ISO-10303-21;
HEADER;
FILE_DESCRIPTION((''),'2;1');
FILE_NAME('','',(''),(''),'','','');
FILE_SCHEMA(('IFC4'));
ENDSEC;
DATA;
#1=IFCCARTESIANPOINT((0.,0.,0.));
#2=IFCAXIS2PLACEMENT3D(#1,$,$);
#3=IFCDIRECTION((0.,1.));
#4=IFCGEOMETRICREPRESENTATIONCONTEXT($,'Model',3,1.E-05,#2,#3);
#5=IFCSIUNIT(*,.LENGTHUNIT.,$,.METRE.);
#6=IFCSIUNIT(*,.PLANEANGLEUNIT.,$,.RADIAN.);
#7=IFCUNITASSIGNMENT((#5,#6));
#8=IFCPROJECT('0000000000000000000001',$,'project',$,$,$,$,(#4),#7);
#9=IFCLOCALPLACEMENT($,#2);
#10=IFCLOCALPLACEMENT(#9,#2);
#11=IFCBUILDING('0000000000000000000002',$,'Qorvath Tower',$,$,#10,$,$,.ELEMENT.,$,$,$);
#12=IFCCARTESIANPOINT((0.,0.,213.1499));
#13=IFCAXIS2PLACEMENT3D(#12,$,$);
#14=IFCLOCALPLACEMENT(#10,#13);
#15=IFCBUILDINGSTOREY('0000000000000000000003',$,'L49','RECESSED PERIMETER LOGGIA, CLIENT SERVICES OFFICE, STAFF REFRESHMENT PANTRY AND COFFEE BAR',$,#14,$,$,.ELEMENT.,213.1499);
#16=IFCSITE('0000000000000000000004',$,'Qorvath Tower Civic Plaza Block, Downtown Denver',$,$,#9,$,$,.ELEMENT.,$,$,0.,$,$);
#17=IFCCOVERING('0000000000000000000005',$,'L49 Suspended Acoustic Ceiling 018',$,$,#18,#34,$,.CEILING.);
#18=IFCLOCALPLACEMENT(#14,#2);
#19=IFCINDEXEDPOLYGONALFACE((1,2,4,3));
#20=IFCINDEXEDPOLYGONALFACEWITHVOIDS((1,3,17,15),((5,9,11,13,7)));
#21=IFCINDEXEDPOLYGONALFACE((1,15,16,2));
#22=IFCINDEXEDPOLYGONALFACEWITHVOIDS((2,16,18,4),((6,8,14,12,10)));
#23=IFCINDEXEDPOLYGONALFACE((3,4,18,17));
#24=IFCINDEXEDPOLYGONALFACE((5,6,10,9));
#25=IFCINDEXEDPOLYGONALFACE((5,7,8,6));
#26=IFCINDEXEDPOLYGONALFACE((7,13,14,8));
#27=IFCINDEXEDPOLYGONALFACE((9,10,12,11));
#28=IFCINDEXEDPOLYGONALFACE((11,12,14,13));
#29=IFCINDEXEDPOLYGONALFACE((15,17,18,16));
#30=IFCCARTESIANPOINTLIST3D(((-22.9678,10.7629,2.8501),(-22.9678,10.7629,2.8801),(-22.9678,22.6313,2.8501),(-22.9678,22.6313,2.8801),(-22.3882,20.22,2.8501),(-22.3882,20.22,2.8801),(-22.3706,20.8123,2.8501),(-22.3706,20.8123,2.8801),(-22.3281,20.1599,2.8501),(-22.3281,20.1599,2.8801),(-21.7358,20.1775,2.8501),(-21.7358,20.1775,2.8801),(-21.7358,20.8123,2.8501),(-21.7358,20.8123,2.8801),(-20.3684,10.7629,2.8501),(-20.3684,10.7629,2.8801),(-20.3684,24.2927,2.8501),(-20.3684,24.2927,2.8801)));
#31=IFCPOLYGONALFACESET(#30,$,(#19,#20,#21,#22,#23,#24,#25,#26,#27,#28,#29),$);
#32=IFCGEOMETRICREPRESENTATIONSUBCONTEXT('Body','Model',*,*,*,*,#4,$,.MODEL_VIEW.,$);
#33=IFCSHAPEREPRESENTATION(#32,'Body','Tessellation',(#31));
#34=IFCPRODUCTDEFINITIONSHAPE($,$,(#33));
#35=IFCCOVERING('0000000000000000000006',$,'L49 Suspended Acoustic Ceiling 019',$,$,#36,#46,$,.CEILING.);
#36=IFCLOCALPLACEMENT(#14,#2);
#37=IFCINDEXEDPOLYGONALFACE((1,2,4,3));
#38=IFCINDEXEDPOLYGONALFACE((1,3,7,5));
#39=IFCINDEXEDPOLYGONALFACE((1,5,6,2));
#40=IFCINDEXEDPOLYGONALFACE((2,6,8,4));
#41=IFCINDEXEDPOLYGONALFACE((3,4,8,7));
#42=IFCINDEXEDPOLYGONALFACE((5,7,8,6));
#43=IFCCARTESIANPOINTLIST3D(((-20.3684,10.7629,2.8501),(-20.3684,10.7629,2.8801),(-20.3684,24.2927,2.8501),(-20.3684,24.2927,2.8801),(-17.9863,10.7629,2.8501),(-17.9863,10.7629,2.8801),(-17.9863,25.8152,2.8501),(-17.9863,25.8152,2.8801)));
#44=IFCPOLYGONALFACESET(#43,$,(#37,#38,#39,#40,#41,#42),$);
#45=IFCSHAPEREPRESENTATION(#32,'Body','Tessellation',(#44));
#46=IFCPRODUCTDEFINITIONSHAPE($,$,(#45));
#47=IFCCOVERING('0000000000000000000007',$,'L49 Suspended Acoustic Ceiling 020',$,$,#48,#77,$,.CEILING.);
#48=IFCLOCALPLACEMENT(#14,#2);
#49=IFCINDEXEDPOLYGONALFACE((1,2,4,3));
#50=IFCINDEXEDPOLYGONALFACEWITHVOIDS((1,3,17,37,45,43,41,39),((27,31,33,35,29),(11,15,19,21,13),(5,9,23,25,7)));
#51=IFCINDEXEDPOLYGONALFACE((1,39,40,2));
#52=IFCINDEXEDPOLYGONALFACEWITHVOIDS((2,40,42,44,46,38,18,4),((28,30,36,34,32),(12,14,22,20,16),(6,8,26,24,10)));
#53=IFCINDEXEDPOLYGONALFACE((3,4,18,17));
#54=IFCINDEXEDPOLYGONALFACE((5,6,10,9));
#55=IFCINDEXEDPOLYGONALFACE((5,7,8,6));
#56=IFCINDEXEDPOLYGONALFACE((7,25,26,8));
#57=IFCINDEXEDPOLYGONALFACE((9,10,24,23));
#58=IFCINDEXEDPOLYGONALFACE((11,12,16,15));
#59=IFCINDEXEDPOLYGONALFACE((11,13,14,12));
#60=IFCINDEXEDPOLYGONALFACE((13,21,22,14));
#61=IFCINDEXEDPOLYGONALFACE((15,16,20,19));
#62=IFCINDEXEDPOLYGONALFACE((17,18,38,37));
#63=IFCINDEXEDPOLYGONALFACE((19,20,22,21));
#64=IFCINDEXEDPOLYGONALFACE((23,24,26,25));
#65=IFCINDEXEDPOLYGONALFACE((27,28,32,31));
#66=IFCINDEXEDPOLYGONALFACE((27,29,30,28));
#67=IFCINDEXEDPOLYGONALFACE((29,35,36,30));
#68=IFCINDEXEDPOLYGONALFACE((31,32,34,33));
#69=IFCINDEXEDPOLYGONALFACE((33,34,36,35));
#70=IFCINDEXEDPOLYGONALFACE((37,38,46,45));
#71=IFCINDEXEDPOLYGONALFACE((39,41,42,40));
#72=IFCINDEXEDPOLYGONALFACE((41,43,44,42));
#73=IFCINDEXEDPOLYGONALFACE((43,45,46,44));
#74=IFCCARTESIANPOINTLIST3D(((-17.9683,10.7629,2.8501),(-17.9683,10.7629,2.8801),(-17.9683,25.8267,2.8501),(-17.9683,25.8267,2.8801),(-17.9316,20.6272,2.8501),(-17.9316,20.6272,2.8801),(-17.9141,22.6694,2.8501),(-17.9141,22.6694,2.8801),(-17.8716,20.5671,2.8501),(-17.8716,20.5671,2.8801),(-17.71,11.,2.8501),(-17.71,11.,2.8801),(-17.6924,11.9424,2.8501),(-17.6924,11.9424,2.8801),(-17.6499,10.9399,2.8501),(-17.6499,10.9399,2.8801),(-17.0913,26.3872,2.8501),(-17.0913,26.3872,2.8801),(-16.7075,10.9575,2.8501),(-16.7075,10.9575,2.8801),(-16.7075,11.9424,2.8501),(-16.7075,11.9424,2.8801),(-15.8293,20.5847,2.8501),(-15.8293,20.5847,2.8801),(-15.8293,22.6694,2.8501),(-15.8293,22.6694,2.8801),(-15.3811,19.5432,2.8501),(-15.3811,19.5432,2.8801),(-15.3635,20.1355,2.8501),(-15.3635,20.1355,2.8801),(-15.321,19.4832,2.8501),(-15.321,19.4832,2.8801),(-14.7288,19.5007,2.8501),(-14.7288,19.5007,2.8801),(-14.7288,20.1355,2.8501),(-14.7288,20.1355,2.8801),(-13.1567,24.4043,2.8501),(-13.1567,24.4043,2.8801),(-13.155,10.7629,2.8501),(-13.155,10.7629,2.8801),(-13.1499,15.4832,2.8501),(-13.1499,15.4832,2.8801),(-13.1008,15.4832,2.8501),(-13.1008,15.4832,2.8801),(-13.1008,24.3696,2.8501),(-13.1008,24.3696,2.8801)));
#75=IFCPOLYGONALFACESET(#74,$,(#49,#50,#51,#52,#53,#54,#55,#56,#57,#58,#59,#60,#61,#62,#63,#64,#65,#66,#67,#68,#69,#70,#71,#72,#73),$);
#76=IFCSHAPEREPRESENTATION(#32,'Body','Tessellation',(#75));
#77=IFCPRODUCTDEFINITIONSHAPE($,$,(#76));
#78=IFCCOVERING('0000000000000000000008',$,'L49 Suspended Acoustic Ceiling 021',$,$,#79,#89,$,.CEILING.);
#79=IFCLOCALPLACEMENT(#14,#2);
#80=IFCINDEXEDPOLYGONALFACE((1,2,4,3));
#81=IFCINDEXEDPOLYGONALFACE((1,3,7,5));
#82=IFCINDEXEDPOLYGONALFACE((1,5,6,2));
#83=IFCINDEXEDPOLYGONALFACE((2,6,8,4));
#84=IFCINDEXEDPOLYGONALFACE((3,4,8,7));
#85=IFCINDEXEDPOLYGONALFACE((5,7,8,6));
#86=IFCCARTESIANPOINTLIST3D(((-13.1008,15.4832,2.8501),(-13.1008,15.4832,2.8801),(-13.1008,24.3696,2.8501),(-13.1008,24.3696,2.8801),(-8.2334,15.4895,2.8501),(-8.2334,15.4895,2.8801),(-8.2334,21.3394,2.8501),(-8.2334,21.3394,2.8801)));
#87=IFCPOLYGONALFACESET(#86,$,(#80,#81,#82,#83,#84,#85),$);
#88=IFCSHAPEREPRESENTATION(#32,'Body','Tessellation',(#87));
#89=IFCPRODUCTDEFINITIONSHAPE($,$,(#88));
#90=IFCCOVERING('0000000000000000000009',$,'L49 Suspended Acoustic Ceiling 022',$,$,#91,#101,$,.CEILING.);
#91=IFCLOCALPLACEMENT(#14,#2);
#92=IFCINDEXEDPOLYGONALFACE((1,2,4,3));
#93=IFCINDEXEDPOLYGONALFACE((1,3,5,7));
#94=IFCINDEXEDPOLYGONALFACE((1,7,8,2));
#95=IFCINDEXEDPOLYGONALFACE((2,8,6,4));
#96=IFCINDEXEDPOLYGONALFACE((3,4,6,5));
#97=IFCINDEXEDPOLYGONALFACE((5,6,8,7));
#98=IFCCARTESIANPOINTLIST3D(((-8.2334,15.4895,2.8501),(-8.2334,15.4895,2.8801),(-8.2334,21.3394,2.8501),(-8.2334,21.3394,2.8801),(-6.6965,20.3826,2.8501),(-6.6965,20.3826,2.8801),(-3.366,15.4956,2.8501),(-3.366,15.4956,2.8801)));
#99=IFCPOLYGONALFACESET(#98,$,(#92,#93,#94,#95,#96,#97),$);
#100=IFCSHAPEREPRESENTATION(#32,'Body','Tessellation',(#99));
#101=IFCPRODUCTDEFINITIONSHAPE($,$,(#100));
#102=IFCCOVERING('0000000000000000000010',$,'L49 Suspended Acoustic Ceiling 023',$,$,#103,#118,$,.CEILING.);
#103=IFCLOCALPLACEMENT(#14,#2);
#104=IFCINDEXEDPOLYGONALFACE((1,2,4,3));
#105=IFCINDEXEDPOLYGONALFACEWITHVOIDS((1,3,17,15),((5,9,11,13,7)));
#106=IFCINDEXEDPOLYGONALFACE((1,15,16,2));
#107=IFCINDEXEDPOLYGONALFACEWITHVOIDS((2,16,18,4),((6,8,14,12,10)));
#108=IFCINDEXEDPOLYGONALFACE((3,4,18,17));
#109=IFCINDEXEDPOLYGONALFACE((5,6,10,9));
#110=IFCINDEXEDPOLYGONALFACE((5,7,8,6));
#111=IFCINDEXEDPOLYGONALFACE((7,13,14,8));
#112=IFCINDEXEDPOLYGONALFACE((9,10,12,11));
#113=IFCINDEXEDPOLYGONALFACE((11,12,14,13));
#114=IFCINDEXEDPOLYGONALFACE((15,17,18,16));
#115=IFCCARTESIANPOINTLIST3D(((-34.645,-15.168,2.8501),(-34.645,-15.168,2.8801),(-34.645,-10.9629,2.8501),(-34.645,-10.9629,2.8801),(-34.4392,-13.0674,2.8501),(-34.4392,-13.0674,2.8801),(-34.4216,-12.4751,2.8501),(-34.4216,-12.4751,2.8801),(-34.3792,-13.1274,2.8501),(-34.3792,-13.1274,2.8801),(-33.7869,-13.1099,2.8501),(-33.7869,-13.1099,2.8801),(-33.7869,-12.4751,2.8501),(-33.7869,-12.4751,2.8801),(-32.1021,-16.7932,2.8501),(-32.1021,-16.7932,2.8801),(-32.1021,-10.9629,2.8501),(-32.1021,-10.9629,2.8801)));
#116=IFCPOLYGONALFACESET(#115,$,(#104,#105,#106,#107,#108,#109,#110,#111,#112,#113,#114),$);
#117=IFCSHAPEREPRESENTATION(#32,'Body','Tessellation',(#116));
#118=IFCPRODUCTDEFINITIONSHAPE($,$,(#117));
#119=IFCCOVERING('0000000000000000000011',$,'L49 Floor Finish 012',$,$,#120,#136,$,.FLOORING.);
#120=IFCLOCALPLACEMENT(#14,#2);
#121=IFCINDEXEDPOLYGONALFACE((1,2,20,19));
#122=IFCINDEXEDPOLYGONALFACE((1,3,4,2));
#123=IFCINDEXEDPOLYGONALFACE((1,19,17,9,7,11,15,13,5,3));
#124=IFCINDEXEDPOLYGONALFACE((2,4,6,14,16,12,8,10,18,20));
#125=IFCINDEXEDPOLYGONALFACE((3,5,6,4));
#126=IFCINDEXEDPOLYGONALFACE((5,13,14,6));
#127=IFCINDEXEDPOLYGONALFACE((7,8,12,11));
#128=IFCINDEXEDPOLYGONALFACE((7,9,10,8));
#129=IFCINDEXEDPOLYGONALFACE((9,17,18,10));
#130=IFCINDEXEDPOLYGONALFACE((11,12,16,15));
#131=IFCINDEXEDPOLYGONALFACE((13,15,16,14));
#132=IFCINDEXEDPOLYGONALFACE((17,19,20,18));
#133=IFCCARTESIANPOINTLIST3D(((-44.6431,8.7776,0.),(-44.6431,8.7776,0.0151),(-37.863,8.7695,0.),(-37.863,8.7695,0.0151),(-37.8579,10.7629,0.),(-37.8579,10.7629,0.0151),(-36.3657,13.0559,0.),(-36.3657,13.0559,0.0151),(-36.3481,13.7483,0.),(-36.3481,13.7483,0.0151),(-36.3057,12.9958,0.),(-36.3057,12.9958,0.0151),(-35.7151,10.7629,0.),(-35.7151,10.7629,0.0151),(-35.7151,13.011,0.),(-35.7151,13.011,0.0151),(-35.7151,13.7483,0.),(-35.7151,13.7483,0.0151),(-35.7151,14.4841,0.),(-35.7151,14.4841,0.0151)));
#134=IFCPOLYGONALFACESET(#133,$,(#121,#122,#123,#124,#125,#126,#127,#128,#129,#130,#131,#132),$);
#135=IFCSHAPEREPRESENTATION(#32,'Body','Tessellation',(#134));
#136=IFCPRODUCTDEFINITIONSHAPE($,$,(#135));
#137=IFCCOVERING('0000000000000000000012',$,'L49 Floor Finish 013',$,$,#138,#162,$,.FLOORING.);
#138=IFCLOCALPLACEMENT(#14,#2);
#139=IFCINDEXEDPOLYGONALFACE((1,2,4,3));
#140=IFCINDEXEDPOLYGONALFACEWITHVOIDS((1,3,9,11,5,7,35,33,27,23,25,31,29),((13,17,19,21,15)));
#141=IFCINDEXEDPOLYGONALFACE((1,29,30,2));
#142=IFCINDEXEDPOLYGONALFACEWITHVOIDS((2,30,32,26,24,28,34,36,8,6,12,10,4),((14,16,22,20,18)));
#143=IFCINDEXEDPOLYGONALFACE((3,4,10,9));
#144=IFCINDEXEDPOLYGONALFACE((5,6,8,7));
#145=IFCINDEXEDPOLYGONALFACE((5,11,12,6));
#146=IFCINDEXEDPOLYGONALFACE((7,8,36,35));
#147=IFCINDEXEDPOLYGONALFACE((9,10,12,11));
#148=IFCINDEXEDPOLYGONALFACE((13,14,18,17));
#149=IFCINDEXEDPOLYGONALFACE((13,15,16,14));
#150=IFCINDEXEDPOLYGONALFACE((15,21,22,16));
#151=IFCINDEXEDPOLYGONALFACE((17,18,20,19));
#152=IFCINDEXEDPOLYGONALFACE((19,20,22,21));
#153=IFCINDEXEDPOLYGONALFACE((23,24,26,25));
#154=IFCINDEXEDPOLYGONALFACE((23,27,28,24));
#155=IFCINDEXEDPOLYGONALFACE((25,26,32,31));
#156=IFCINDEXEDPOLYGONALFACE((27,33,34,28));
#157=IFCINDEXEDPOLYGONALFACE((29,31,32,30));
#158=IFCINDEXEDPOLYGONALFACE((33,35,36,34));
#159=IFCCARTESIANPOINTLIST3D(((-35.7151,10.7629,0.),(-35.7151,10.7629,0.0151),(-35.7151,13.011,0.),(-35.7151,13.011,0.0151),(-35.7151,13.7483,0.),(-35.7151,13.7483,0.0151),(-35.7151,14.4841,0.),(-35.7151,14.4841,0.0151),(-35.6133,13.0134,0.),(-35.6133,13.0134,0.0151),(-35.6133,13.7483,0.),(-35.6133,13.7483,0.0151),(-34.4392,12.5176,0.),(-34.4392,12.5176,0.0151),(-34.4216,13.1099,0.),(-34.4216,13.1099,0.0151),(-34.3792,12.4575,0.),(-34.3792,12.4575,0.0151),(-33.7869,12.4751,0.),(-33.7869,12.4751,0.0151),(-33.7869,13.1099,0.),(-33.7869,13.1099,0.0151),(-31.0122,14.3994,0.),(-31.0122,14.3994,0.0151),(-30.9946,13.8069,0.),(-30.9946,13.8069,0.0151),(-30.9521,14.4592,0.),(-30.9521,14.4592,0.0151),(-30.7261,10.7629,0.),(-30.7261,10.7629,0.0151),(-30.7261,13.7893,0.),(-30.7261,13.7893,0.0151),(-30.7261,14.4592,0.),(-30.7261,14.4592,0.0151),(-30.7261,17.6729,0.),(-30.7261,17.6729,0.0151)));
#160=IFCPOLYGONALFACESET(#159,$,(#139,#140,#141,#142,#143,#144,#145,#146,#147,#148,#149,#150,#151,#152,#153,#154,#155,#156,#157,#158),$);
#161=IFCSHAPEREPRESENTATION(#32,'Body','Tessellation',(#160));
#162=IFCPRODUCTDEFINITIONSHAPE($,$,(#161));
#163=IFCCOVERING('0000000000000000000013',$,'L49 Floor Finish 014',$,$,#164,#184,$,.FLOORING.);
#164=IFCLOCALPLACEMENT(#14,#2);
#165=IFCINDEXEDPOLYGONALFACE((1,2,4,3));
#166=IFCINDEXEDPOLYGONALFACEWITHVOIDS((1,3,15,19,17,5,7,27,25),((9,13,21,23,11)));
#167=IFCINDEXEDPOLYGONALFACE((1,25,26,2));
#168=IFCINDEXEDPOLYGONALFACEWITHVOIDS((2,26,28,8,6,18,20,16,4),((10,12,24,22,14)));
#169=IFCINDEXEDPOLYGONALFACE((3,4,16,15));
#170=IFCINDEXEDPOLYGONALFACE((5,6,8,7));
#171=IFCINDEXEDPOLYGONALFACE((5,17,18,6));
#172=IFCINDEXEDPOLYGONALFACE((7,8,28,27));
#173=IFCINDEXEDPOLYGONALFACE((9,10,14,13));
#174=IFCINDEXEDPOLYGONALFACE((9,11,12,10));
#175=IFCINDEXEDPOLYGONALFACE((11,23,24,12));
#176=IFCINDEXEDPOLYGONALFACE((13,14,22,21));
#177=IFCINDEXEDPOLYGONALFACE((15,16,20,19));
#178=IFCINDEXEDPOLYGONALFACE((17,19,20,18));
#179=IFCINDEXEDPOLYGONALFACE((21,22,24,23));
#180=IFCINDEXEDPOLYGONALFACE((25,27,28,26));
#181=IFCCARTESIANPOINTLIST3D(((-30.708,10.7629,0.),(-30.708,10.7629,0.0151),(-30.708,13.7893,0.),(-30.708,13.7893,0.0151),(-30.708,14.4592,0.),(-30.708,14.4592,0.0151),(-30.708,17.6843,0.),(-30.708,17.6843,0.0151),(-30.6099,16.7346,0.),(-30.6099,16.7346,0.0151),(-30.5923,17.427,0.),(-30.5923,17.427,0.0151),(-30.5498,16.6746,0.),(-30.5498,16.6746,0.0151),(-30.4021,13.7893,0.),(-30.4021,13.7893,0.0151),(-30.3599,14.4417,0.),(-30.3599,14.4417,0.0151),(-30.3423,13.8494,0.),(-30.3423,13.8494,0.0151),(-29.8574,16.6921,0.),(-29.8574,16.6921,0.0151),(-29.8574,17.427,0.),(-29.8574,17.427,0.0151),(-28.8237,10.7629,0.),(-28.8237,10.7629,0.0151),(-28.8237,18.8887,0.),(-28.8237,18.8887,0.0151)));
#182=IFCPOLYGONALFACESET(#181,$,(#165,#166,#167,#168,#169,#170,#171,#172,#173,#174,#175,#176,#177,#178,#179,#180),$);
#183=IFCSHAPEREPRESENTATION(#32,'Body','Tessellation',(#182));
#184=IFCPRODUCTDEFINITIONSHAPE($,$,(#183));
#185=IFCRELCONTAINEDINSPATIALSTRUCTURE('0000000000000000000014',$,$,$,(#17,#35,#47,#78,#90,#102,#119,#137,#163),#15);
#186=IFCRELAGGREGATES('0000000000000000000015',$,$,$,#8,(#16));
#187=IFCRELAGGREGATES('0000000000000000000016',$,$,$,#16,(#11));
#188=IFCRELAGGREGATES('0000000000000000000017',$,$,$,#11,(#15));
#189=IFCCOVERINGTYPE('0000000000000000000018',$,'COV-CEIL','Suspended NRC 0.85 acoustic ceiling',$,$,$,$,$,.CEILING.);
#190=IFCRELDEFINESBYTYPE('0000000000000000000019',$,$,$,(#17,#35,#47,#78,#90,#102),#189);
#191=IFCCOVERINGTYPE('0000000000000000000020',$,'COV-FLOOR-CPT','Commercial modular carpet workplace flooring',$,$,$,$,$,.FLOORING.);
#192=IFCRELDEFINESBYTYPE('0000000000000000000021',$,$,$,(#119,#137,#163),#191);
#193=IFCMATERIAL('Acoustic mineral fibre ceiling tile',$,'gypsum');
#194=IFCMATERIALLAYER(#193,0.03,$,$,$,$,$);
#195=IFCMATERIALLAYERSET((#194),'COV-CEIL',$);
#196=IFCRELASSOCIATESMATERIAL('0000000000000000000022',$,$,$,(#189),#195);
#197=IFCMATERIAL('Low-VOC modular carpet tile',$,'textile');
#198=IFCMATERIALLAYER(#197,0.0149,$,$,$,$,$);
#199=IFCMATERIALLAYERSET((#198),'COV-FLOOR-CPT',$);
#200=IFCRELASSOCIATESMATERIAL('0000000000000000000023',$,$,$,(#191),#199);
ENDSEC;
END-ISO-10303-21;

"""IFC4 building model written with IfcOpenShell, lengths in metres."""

from ifc_helpers import new_model, si_unit, direction, frame, origin, place, context, subcontext, project, spatial, polyline, outline, extrude, material, layer, layer_set, type_object, element, save


model = new_model("IFC4")

# Units and contexts
model_context = context("Model", 3, precision=1e-05, world=origin(), true_north=direction((0.0, 1.0)))
body_context = subcontext(model_context, "Body", "Model", "MODEL_VIEW")
ifc_project = project(units=[si_unit("LENGTHUNIT", "METRE"), si_unit("PLANEANGLEUNIT", "RADIAN")], contexts=[model_context])

# Site, building, storey
site_placement = place(None, origin())
site = spatial("IfcSite", under=ifc_project, at=site_placement, Name="Qorvath Tower Civic Plaza Block, Downtown Denver", CompositionType="ELEMENT", RefElevation=0.0)
building_placement = place(site_placement, origin())
building = spatial("IfcBuilding", under=site, at=building_placement, Name="Qorvath Tower", CompositionType="ELEMENT")
storey_placement = place(building_placement, frame((0.0, 0.0, 213.1499)))
storey = spatial("IfcBuildingStorey", under=building, at=storey_placement, Name="L49", Description="RECESSED PERIMETER LOGGIA, CLIENT SERVICES OFFICE, STAFF REFRESHMENT PANTRY AND COFFEE BAR", CompositionType="ELEMENT", Elevation=213.1499)

# Coverings
ifc_material_1 = material(Name="Acoustic mineral fibre ceiling tile", Category="gypsum")
ifc_layer_1 = layer(ifc_material_1, 0.03)
ifc_layer_set_1 = layer_set([ifc_layer_1], Name="COV-CEIL")
covering_type_1 = type_object("IfcCoveringType", Name="COV-CEIL", Description="Suspended NRC 0.85 acoustic ceiling", PredefinedType="CEILING", material=ifc_layer_set_1)
covering_1_placement = place(storey_placement, frame((0.0, 0.0, 2.8501)))
element("IfcCovering", 1, at=covering_1_placement, inside=storey, type_object=covering_type_1, Name="L49 Suspended Acoustic Ceiling 018", PredefinedType="CEILING", context=body_context, shape_type="SweptSolid", body=[
    extrude(outline(polyline([(-22.9678, 10.7629), (-20.3684, 10.7629), (-20.3684, 24.2927), (-22.9678, 22.6313), (-22.9678, 10.7629)]), holes=[polyline([(-22.3882, 20.22), (-22.3706, 20.8123), (-21.7358, 20.8123), (-21.7358, 20.1775), (-22.3281, 20.1599), (-22.3882, 20.22)])]), origin(), (0.0, 0.0, 1.0), 0.03),
])
covering_2_placement = place(storey_placement, frame((0.0, 0.0, 2.8501)))
element("IfcCovering", 2, at=covering_2_placement, inside=storey, type_object=covering_type_1, Name="L49 Suspended Acoustic Ceiling 019", PredefinedType="CEILING", context=body_context, shape_type="SweptSolid", body=[
    extrude(outline(polyline([(-20.3684, 24.2927), (-20.3684, 10.7629), (-17.9863, 10.7629), (-17.9863, 25.8152), (-20.3684, 24.2927)])), origin(), (0.0, 0.0, 1.0), 0.03),
])
covering_3_placement = place(storey_placement, frame((0.0, 0.0, 2.8501)))
element("IfcCovering", 3, at=covering_3_placement, inside=storey, type_object=covering_type_1, Name="L49 Suspended Acoustic Ceiling 020", PredefinedType="CEILING", context=body_context, shape_type="SweptSolid", body=[
    extrude(outline(polyline([(-13.1008, 15.4832), (-13.1008, 24.3696), (-13.1567, 24.4043), (-17.0913, 26.3872), (-17.9683, 25.8267), (-17.9683, 10.7629), (-13.155, 10.7629), (-13.1499, 15.4832), (-13.1008, 15.4832)]), holes=[polyline([(-15.3811, 19.5432), (-15.3635, 20.1355), (-14.7288, 20.1355), (-14.7288, 19.5007), (-15.321, 19.4832), (-15.3811, 19.5432)]), polyline([(-17.9316, 20.6272), (-17.9141, 22.6694), (-15.8293, 22.6694), (-15.8293, 20.5847), (-17.8716, 20.5671), (-17.9316, 20.6272)]), polyline([(-17.71, 11.0), (-17.6924, 11.9424), (-16.7075, 11.9424), (-16.7075, 10.9575), (-17.6499, 10.9399), (-17.71, 11.0)])]), origin(), (0.0, 0.0, 1.0), 0.03),
])
covering_4_placement = place(storey_placement, frame((0.0, 0.0, 2.8501)))
element("IfcCovering", 4, at=covering_4_placement, inside=storey, type_object=covering_type_1, Name="L49 Suspended Acoustic Ceiling 021", PredefinedType="CEILING", context=body_context, shape_type="SweptSolid", body=[
    extrude(outline(polyline([(-8.2334, 15.4895), (-8.2334, 21.3394), (-13.1008, 24.3696), (-13.1008, 15.4832), (-8.2334, 15.4895)])), origin(), (0.0, 0.0, 1.0), 0.03),
])
covering_5_placement = place(storey_placement, frame((0.0, 0.0, 2.8501)))
element("IfcCovering", 5, at=covering_5_placement, inside=storey, type_object=covering_type_1, Name="L49 Suspended Acoustic Ceiling 022", PredefinedType="CEILING", context=body_context, shape_type="SweptSolid", body=[
    extrude(outline(polyline([(-3.366, 15.4956), (-6.6965, 20.3826), (-8.2334, 21.3394), (-8.2334, 15.4895), (-3.366, 15.4956)])), origin(), (0.0, 0.0, 1.0), 0.03),
])
covering_6_placement = place(storey_placement, frame((0.0, 0.0, 2.8501)))
element("IfcCovering", 6, at=covering_6_placement, inside=storey, type_object=covering_type_1, Name="L49 Suspended Acoustic Ceiling 023", PredefinedType="CEILING", context=body_context, shape_type="SweptSolid", body=[
    extrude(outline(polyline([(-34.645, -10.9629), (-34.645, -15.168), (-32.1021, -16.7932), (-32.1021, -10.9629), (-34.645, -10.9629)]), holes=[polyline([(-34.4392, -13.0674), (-34.4216, -12.4751), (-33.7869, -12.4751), (-33.7869, -13.1099), (-34.3792, -13.1274), (-34.4392, -13.0674)])]), origin(), (0.0, 0.0, 1.0), 0.03),
])
ifc_material_2 = material(Name="Low-VOC modular carpet tile", Category="textile")
ifc_layer_2 = layer(ifc_material_2, 0.0149)
ifc_layer_set_2 = layer_set([ifc_layer_2], Name="COV-FLOOR-CPT")
covering_type_2 = type_object("IfcCoveringType", Name="COV-FLOOR-CPT", Description="Commercial modular carpet workplace flooring", PredefinedType="FLOORING", material=ifc_layer_set_2)
covering_7_placement = place(storey_placement, origin())
element("IfcCovering", 7, at=covering_7_placement, inside=storey, type_object=covering_type_2, Name="L49 Floor Finish 012", PredefinedType="FLOORING", context=body_context, shape_type="SweptSolid", body=[
    extrude(outline(polyline([(-35.7151, 10.7629), (-35.7151, 13.011), (-36.3057, 12.9958), (-36.3657, 13.0559), (-36.3481, 13.7483), (-35.7151, 13.7483), (-35.7151, 14.4841), (-44.6431, 8.7776), (-37.863, 8.7695), (-37.8579, 10.7629), (-35.7151, 10.7629)])), origin(), (0.0, 0.0, 1.0), 0.0151),
])
covering_8_placement = place(storey_placement, origin())
element("IfcCovering", 8, at=covering_8_placement, inside=storey, type_object=covering_type_2, Name="L49 Floor Finish 013", PredefinedType="FLOORING", context=body_context, shape_type="SweptSolid", body=[
    extrude(outline(polyline([(-30.7261, 14.4592), (-30.7261, 17.6729), (-35.7151, 14.4841), (-35.7151, 13.7483), (-35.6133, 13.7483), (-35.6133, 13.0134), (-35.7151, 13.011), (-35.7151, 10.7629), (-30.7261, 10.7629), (-30.7261, 13.7893), (-30.9946, 13.8069), (-31.0122, 14.3994), (-30.9521, 14.4592), (-30.7261, 14.4592)]), holes=[polyline([(-34.4392, 12.5176), (-34.4216, 13.1099), (-33.7869, 13.1099), (-33.7869, 12.4751), (-34.3792, 12.4575), (-34.4392, 12.5176)])]), origin(), (0.0, 0.0, 1.0), 0.0151),
])
covering_9_placement = place(storey_placement, origin())
element("IfcCovering", 9, at=covering_9_placement, inside=storey, type_object=covering_type_2, Name="L49 Floor Finish 014", PredefinedType="FLOORING", context=body_context, shape_type="SweptSolid", body=[
    extrude(outline(polyline([(-28.8237, 10.7629), (-28.8237, 18.8887), (-30.708, 17.6843), (-30.708, 14.4592), (-30.3599, 14.4417), (-30.3423, 13.8494), (-30.4021, 13.7893), (-30.708, 13.7893), (-30.708, 10.7629), (-28.8237, 10.7629)]), holes=[polyline([(-30.6099, 16.7346), (-30.5923, 17.427), (-29.8574, 17.427), (-29.8574, 16.6921), (-30.5498, 16.6746), (-30.6099, 16.7346)])]), origin(), (0.0, 0.0, 1.0), 0.0151),
])

save(model, "model.ifc")
